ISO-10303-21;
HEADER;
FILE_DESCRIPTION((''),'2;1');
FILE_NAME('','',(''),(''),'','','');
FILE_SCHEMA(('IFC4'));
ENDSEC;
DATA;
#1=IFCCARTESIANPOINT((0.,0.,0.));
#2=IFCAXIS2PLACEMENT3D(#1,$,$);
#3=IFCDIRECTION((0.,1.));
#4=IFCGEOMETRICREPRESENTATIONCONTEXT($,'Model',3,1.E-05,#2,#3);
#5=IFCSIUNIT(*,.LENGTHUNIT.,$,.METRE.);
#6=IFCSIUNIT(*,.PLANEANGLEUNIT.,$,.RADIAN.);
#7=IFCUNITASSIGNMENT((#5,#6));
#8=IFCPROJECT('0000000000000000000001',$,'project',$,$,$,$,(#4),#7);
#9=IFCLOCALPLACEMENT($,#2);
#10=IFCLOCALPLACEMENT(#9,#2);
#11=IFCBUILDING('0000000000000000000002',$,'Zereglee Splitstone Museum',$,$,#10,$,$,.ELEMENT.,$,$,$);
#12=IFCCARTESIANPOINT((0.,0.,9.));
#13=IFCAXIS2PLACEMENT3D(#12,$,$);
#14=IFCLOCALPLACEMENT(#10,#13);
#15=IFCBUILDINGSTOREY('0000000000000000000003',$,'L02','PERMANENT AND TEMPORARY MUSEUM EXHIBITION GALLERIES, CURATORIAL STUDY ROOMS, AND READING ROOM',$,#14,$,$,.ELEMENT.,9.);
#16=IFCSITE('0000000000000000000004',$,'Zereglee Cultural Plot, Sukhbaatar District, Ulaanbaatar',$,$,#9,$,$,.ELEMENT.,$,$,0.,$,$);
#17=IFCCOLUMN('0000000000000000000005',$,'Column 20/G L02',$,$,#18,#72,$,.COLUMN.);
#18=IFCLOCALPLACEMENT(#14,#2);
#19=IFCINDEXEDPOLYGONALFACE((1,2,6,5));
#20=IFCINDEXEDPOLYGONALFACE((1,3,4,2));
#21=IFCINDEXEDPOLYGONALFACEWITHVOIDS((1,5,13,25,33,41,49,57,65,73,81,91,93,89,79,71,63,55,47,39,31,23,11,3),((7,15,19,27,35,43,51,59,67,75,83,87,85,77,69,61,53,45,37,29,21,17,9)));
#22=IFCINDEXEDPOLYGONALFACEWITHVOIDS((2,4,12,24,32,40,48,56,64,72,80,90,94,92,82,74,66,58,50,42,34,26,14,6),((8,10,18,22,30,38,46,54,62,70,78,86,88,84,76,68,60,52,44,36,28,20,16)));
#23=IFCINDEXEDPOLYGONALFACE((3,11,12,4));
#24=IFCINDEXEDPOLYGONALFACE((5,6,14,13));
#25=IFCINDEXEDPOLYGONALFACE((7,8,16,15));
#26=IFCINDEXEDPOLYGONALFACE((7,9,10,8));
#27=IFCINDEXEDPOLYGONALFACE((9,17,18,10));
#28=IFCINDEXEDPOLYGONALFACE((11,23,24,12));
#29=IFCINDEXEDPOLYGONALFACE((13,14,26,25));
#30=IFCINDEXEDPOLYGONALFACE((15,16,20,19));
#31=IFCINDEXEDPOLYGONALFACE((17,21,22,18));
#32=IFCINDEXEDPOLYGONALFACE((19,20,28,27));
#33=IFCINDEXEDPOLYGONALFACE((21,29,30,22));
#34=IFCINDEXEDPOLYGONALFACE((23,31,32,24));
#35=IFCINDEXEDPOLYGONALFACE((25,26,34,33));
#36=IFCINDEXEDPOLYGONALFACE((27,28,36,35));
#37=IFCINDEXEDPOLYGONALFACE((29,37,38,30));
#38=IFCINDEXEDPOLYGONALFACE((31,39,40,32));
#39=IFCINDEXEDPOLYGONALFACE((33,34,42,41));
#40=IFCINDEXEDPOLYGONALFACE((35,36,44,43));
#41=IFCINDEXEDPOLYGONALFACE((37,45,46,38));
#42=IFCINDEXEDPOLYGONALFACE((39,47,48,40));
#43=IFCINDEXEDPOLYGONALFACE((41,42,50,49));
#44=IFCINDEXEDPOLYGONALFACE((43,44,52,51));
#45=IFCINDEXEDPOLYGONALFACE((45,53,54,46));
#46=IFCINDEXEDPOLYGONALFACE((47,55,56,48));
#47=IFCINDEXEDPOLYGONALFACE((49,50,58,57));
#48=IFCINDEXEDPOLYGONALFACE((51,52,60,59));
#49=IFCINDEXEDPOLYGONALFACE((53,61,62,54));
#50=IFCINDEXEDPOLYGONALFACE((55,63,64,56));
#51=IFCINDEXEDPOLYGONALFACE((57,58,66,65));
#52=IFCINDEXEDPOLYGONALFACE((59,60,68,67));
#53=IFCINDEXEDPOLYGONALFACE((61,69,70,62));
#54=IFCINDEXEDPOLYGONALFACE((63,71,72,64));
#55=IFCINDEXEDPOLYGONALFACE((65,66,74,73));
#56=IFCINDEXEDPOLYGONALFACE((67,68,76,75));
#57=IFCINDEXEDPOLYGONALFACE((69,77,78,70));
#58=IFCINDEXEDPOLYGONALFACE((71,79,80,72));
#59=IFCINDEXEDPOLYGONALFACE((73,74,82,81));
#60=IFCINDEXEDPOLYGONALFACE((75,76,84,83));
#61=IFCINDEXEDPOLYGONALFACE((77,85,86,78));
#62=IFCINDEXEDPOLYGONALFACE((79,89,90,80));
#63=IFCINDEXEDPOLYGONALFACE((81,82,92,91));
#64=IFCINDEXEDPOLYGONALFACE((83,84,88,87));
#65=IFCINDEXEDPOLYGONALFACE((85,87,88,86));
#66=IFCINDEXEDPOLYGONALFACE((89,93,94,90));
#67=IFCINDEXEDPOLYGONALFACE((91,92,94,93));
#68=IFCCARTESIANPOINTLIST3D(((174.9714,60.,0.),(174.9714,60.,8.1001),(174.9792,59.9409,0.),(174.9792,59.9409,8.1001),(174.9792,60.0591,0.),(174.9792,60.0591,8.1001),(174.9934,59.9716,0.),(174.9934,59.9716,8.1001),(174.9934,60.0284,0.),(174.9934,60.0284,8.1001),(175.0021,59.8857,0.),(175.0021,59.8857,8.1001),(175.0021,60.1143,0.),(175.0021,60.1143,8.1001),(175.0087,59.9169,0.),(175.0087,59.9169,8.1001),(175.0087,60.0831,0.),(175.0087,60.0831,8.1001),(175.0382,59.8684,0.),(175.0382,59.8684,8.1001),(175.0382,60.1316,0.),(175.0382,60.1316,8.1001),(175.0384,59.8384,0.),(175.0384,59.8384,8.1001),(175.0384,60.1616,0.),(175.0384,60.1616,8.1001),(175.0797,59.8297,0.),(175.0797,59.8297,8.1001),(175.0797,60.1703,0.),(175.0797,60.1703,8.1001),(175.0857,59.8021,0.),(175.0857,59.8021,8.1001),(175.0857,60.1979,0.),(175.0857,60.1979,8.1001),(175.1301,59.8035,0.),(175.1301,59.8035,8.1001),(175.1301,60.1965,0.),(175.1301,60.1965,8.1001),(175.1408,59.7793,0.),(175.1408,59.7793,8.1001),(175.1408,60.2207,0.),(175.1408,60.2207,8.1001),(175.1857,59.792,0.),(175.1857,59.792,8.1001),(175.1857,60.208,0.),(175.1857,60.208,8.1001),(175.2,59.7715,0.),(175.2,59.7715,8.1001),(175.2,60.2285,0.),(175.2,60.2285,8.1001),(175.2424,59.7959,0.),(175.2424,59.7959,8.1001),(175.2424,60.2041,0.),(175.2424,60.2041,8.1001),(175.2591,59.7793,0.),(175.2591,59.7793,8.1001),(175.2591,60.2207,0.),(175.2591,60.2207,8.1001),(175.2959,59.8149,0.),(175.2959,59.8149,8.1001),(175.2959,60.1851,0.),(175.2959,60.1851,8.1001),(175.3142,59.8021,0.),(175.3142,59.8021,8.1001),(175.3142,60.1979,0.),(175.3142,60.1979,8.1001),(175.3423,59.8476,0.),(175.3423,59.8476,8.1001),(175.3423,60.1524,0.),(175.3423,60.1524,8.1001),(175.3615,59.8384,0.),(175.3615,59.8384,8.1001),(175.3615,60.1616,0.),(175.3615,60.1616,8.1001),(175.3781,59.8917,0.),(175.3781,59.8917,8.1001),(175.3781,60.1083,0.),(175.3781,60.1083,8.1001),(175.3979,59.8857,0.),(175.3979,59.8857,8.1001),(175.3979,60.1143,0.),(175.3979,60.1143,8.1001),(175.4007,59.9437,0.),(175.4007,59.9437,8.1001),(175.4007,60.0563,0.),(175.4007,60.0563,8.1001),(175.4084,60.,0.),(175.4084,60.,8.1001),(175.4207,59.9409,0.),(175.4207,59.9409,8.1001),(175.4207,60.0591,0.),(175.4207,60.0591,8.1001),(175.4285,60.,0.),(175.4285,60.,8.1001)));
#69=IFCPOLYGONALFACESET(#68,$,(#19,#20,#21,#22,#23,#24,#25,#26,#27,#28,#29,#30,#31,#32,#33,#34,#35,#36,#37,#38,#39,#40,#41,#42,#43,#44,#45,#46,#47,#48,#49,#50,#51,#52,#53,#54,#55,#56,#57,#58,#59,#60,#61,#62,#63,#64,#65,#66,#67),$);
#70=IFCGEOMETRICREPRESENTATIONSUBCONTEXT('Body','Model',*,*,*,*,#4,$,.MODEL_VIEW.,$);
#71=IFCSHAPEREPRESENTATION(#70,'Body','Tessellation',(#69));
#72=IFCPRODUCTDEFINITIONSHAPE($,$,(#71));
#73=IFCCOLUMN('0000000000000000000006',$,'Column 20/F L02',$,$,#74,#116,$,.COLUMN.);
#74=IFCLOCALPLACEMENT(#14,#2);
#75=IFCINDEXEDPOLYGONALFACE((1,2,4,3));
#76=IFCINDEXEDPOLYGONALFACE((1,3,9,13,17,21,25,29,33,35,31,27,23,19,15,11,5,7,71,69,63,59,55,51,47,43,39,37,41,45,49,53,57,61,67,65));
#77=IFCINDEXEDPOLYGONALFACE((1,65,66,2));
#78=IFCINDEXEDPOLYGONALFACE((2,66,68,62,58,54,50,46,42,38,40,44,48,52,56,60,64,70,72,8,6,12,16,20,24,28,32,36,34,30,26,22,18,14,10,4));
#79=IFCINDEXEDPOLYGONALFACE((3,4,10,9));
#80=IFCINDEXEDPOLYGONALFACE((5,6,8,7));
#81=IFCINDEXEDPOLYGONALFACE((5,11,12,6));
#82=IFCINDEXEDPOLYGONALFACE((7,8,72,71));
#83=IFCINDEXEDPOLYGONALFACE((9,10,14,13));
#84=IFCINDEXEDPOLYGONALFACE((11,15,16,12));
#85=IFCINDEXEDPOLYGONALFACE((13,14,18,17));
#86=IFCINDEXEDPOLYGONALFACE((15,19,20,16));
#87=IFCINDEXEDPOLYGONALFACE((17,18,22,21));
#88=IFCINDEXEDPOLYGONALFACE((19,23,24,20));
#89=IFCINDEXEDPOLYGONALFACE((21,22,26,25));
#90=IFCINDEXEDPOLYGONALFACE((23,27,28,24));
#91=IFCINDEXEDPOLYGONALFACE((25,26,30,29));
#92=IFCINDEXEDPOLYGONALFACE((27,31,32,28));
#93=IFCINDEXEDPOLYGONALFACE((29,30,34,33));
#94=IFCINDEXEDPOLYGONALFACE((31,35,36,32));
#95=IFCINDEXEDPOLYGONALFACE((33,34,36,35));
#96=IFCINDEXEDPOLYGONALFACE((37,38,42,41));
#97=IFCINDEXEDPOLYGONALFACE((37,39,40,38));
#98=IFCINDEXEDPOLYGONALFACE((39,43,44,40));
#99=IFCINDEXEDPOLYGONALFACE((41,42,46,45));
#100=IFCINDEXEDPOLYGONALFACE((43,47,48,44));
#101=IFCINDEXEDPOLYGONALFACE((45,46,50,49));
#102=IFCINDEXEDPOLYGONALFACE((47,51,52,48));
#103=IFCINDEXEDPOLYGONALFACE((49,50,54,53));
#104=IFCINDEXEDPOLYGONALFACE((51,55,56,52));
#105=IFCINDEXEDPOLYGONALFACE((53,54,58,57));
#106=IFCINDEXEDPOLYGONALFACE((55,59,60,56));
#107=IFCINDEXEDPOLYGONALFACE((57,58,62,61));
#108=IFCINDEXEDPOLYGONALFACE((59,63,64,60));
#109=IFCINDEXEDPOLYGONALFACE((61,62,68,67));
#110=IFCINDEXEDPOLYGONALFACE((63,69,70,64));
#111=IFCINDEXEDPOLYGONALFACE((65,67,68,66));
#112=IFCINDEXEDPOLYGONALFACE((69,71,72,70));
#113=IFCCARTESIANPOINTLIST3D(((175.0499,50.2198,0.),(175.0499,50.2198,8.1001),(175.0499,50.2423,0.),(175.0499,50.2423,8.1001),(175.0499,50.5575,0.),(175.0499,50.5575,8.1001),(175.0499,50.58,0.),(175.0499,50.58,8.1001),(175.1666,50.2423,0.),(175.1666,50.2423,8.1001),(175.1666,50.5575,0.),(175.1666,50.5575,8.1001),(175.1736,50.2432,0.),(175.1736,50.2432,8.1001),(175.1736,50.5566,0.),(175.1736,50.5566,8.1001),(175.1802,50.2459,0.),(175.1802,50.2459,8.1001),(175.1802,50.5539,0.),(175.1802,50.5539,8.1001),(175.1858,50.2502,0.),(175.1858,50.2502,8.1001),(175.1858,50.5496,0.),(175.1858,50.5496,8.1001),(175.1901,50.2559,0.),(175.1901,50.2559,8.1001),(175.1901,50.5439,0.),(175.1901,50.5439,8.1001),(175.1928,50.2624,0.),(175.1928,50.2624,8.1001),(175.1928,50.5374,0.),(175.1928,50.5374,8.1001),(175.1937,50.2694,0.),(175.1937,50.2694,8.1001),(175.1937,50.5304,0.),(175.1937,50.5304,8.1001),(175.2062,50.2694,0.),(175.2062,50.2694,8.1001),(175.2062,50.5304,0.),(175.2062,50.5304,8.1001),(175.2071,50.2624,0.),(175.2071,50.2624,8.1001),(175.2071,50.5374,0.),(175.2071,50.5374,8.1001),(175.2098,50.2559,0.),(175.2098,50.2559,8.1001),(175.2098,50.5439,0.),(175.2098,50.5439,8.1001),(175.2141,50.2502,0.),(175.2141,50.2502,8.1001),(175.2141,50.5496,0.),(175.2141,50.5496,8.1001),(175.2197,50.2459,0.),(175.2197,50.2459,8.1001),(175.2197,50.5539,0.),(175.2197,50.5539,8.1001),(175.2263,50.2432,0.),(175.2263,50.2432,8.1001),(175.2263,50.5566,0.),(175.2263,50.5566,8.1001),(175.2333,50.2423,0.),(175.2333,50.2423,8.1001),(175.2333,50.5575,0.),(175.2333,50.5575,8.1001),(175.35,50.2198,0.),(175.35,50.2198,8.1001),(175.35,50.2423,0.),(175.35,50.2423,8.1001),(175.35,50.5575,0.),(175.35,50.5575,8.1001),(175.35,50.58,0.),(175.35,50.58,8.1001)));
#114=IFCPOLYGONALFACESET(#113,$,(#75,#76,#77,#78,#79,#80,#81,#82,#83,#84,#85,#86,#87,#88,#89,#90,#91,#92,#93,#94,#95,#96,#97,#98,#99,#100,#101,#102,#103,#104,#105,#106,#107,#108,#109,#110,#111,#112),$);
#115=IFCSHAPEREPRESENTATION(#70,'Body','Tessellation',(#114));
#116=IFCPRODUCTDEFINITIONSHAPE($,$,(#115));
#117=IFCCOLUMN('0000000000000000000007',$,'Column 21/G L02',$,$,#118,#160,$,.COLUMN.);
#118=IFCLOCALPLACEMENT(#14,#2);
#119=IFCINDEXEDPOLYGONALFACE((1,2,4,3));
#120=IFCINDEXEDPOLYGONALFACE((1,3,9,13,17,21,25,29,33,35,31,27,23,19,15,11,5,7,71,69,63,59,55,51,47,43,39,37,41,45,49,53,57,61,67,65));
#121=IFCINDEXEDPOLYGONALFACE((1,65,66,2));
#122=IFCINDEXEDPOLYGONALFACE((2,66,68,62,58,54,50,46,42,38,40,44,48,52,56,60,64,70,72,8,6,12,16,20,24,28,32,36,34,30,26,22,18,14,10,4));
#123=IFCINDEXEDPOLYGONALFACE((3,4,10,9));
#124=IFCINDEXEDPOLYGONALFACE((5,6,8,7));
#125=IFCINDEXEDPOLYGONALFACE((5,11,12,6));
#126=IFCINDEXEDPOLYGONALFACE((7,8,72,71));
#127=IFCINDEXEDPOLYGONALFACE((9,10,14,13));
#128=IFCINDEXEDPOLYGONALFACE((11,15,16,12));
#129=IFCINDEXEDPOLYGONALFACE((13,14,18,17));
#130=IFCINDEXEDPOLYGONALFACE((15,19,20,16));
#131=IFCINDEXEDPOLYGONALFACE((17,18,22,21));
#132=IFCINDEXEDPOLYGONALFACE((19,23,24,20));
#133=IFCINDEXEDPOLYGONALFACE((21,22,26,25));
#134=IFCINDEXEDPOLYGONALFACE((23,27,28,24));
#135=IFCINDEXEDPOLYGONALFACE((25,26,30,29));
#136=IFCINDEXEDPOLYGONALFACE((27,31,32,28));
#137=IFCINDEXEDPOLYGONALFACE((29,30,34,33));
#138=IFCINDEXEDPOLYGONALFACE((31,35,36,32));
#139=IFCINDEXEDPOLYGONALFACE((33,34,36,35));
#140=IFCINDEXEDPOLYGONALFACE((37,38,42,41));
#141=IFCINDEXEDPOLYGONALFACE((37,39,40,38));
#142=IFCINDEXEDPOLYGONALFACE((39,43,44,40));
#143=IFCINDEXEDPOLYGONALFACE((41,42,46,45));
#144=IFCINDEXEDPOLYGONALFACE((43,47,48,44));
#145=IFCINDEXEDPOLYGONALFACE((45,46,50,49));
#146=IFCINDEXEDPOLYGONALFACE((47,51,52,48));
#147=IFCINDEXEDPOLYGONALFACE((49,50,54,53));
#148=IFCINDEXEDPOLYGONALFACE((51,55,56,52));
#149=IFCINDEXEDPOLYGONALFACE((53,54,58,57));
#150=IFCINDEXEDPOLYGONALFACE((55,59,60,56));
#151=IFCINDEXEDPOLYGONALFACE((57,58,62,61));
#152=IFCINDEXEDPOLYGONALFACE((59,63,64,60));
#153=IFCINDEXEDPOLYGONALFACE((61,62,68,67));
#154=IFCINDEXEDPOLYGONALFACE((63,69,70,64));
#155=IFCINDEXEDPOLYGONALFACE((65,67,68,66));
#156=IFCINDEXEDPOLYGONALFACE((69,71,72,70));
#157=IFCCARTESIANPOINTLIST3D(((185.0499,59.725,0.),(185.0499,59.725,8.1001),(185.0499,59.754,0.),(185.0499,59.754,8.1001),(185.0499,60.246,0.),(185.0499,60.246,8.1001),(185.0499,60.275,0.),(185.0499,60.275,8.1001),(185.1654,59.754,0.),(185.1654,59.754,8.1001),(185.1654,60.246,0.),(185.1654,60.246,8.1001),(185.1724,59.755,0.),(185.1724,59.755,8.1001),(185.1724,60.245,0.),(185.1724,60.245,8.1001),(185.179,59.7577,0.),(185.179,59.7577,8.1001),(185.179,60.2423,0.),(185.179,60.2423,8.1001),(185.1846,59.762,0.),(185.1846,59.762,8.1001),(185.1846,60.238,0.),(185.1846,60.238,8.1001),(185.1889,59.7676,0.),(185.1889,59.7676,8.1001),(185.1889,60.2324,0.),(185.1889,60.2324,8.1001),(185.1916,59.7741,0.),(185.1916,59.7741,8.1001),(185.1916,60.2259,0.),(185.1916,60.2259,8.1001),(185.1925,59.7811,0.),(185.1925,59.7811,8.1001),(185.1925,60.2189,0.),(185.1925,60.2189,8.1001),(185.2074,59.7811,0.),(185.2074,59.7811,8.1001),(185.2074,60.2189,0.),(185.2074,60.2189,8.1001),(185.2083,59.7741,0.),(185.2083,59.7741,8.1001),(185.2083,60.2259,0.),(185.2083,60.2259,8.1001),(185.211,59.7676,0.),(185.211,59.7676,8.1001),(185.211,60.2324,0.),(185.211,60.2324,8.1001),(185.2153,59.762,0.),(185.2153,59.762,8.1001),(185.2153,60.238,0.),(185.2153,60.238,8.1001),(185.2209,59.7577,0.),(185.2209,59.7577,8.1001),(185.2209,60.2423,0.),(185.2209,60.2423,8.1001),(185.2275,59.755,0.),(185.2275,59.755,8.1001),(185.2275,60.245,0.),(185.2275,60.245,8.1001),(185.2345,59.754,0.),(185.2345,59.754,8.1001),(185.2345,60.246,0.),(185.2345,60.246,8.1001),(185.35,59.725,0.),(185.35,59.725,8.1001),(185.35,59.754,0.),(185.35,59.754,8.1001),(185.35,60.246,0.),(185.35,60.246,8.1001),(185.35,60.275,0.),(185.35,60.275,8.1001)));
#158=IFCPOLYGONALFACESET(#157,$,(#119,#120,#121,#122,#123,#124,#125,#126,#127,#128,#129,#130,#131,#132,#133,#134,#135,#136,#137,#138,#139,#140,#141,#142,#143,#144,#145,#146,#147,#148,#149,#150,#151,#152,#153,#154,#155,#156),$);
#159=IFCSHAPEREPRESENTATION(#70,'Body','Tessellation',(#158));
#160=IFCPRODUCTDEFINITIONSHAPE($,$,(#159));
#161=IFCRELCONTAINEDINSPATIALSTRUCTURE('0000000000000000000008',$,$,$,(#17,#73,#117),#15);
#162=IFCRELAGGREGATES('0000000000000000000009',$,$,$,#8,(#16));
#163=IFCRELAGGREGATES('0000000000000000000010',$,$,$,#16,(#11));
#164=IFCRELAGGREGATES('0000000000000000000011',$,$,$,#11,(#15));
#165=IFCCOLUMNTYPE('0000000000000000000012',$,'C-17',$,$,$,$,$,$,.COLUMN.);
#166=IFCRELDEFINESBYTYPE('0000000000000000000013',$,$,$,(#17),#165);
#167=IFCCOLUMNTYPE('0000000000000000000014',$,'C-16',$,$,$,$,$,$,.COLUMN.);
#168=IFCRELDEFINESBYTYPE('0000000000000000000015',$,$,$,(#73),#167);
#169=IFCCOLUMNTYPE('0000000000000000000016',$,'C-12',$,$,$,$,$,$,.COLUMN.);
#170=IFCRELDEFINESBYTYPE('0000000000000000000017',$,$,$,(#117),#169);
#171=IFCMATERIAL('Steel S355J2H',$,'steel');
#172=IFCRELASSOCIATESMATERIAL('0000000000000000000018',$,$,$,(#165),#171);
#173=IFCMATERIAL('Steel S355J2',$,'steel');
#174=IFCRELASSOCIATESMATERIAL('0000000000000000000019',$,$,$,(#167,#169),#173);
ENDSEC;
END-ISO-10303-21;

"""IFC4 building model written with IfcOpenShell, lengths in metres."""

from ifc_helpers import new_model, si_unit, direction, frame, origin, origin_2d, place, context, subcontext, project, spatial, hollow_circle, i_section, extrude, material, material_profile, profile_set, type_object, element, save


model = new_model("IFC4")

# Units and contexts
model_context = context("Model", 3, precision=1e-05, world=origin(), true_north=direction((0.0, 1.0)))
body_context = subcontext(model_context, "Body", "Model", "MODEL_VIEW")
ifc_project = project(units=[si_unit("LENGTHUNIT", "METRE"), si_unit("PLANEANGLEUNIT", "RADIAN")], contexts=[model_context])

# Site, building, storey
site_placement = place(None, origin())
site = spatial("IfcSite", under=ifc_project, at=site_placement, Name="Zereglee Cultural Plot, Sukhbaatar District, Ulaanbaatar", CompositionType="ELEMENT", RefElevation=0.0)
building_placement = place(site_placement, origin())
building = spatial("IfcBuilding", under=site, at=building_placement, Name="Zereglee Splitstone Museum", CompositionType="ELEMENT")
storey_placement = place(building_placement, frame((0.0, 0.0, 9.0)))
storey = spatial("IfcBuildingStorey", under=building, at=storey_placement, Name="L02", Description="PERMANENT AND TEMPORARY MUSEUM EXHIBITION GALLERIES, CURATORIAL STUDY ROOMS, AND READING ROOM", CompositionType="ELEMENT", Elevation=9.0)

# Columns
ifc_material_1 = material(Name="Steel S355J2H", Category="steel")
ifc_material_profile_1 = material_profile(ifc_material_1, hollow_circle(Radius=0.2285, WallThickness=0.02, at=origin_2d()), Name="CHS 457.0x20")
ifc_profile_set_1 = profile_set([ifc_material_profile_1], Name="Steel S355J2H")
column_type_1 = type_object("IfcColumnType", Name="C-17", PredefinedType="COLUMN", material=ifc_profile_set_1)
column_1_placement = place(storey_placement, frame((175.2, 60.0, 0.0), z_axis=(0.0, 0.0, 1.0), x_axis=(1.0, 0.0, 0.0)))
element("IfcColumn", 1, at=column_1_placement, inside=storey, type_object=column_type_1, Name="Column 20/G L02", PredefinedType="COLUMN", context=body_context, shape_type="SweptSolid", body=[
    extrude(hollow_circle(Radius=0.2285, WallThickness=0.02, at=origin_2d()), origin(), (0.0, 0.0, 1.0), 8.1001),
])
ifc_material_2 = material(Name="Steel S355J2", Category="steel")
ifc_material_profile_2 = material_profile(ifc_material_2, i_section(OverallWidth=0.3, OverallDepth=0.3601, WebThickness=0.0125, FlangeThickness=0.0225, FilletRadius=0.0271, at=origin_2d()), Name="HE 360 B")
ifc_profile_set_2 = profile_set([ifc_material_profile_2], Name="Steel S355J2")
column_type_2 = type_object("IfcColumnType", Name="C-16", PredefinedType="COLUMN", material=ifc_profile_set_2)
column_2_placement = place(storey_placement, frame((175.2, 50.3999, 0.0), z_axis=(0.0, 0.0, 1.0), x_axis=(1.0, 0.0, 0.0)))
element("IfcColumn", 2, at=column_2_placement, inside=storey, type_object=column_type_2, Name="Column 20/F L02", PredefinedType="COLUMN", context=body_context, shape_type="SweptSolid", body=[
    extrude(i_section(OverallWidth=0.3, OverallDepth=0.3601, WebThickness=0.0125, FlangeThickness=0.0225, FilletRadius=0.0271, at=origin_2d()), origin(), (0.0, 0.0, 1.0), 8.1001),
])
ifc_material_profile_3 = material_profile(ifc_material_2, i_section(OverallWidth=0.3, OverallDepth=0.55, WebThickness=0.0149, FlangeThickness=0.0291, FilletRadius=0.0271, at=origin_2d()), Name="HE 550 B")
ifc_profile_set_3 = profile_set([ifc_material_profile_3], Name="Steel S355J2")
column_type_3 = type_object("IfcColumnType", Name="C-12", PredefinedType="COLUMN", material=ifc_profile_set_3)
column_3_placement = place(storey_placement, frame((185.2, 60.0, 0.0), z_axis=(0.0, 0.0, 1.0), x_axis=(1.0, 0.0, 0.0)))
element("IfcColumn", 3, at=column_3_placement, inside=storey, type_object=column_type_3, Name="Column 21/G L02", PredefinedType="COLUMN", context=body_context, shape_type="SweptSolid", body=[
    extrude(i_section(OverallWidth=0.3, OverallDepth=0.55, WebThickness=0.0149, FlangeThickness=0.0291, FilletRadius=0.0271, at=origin_2d()), origin(), (0.0, 0.0, 1.0), 8.1001),
])

save(model, "model.ifc")
